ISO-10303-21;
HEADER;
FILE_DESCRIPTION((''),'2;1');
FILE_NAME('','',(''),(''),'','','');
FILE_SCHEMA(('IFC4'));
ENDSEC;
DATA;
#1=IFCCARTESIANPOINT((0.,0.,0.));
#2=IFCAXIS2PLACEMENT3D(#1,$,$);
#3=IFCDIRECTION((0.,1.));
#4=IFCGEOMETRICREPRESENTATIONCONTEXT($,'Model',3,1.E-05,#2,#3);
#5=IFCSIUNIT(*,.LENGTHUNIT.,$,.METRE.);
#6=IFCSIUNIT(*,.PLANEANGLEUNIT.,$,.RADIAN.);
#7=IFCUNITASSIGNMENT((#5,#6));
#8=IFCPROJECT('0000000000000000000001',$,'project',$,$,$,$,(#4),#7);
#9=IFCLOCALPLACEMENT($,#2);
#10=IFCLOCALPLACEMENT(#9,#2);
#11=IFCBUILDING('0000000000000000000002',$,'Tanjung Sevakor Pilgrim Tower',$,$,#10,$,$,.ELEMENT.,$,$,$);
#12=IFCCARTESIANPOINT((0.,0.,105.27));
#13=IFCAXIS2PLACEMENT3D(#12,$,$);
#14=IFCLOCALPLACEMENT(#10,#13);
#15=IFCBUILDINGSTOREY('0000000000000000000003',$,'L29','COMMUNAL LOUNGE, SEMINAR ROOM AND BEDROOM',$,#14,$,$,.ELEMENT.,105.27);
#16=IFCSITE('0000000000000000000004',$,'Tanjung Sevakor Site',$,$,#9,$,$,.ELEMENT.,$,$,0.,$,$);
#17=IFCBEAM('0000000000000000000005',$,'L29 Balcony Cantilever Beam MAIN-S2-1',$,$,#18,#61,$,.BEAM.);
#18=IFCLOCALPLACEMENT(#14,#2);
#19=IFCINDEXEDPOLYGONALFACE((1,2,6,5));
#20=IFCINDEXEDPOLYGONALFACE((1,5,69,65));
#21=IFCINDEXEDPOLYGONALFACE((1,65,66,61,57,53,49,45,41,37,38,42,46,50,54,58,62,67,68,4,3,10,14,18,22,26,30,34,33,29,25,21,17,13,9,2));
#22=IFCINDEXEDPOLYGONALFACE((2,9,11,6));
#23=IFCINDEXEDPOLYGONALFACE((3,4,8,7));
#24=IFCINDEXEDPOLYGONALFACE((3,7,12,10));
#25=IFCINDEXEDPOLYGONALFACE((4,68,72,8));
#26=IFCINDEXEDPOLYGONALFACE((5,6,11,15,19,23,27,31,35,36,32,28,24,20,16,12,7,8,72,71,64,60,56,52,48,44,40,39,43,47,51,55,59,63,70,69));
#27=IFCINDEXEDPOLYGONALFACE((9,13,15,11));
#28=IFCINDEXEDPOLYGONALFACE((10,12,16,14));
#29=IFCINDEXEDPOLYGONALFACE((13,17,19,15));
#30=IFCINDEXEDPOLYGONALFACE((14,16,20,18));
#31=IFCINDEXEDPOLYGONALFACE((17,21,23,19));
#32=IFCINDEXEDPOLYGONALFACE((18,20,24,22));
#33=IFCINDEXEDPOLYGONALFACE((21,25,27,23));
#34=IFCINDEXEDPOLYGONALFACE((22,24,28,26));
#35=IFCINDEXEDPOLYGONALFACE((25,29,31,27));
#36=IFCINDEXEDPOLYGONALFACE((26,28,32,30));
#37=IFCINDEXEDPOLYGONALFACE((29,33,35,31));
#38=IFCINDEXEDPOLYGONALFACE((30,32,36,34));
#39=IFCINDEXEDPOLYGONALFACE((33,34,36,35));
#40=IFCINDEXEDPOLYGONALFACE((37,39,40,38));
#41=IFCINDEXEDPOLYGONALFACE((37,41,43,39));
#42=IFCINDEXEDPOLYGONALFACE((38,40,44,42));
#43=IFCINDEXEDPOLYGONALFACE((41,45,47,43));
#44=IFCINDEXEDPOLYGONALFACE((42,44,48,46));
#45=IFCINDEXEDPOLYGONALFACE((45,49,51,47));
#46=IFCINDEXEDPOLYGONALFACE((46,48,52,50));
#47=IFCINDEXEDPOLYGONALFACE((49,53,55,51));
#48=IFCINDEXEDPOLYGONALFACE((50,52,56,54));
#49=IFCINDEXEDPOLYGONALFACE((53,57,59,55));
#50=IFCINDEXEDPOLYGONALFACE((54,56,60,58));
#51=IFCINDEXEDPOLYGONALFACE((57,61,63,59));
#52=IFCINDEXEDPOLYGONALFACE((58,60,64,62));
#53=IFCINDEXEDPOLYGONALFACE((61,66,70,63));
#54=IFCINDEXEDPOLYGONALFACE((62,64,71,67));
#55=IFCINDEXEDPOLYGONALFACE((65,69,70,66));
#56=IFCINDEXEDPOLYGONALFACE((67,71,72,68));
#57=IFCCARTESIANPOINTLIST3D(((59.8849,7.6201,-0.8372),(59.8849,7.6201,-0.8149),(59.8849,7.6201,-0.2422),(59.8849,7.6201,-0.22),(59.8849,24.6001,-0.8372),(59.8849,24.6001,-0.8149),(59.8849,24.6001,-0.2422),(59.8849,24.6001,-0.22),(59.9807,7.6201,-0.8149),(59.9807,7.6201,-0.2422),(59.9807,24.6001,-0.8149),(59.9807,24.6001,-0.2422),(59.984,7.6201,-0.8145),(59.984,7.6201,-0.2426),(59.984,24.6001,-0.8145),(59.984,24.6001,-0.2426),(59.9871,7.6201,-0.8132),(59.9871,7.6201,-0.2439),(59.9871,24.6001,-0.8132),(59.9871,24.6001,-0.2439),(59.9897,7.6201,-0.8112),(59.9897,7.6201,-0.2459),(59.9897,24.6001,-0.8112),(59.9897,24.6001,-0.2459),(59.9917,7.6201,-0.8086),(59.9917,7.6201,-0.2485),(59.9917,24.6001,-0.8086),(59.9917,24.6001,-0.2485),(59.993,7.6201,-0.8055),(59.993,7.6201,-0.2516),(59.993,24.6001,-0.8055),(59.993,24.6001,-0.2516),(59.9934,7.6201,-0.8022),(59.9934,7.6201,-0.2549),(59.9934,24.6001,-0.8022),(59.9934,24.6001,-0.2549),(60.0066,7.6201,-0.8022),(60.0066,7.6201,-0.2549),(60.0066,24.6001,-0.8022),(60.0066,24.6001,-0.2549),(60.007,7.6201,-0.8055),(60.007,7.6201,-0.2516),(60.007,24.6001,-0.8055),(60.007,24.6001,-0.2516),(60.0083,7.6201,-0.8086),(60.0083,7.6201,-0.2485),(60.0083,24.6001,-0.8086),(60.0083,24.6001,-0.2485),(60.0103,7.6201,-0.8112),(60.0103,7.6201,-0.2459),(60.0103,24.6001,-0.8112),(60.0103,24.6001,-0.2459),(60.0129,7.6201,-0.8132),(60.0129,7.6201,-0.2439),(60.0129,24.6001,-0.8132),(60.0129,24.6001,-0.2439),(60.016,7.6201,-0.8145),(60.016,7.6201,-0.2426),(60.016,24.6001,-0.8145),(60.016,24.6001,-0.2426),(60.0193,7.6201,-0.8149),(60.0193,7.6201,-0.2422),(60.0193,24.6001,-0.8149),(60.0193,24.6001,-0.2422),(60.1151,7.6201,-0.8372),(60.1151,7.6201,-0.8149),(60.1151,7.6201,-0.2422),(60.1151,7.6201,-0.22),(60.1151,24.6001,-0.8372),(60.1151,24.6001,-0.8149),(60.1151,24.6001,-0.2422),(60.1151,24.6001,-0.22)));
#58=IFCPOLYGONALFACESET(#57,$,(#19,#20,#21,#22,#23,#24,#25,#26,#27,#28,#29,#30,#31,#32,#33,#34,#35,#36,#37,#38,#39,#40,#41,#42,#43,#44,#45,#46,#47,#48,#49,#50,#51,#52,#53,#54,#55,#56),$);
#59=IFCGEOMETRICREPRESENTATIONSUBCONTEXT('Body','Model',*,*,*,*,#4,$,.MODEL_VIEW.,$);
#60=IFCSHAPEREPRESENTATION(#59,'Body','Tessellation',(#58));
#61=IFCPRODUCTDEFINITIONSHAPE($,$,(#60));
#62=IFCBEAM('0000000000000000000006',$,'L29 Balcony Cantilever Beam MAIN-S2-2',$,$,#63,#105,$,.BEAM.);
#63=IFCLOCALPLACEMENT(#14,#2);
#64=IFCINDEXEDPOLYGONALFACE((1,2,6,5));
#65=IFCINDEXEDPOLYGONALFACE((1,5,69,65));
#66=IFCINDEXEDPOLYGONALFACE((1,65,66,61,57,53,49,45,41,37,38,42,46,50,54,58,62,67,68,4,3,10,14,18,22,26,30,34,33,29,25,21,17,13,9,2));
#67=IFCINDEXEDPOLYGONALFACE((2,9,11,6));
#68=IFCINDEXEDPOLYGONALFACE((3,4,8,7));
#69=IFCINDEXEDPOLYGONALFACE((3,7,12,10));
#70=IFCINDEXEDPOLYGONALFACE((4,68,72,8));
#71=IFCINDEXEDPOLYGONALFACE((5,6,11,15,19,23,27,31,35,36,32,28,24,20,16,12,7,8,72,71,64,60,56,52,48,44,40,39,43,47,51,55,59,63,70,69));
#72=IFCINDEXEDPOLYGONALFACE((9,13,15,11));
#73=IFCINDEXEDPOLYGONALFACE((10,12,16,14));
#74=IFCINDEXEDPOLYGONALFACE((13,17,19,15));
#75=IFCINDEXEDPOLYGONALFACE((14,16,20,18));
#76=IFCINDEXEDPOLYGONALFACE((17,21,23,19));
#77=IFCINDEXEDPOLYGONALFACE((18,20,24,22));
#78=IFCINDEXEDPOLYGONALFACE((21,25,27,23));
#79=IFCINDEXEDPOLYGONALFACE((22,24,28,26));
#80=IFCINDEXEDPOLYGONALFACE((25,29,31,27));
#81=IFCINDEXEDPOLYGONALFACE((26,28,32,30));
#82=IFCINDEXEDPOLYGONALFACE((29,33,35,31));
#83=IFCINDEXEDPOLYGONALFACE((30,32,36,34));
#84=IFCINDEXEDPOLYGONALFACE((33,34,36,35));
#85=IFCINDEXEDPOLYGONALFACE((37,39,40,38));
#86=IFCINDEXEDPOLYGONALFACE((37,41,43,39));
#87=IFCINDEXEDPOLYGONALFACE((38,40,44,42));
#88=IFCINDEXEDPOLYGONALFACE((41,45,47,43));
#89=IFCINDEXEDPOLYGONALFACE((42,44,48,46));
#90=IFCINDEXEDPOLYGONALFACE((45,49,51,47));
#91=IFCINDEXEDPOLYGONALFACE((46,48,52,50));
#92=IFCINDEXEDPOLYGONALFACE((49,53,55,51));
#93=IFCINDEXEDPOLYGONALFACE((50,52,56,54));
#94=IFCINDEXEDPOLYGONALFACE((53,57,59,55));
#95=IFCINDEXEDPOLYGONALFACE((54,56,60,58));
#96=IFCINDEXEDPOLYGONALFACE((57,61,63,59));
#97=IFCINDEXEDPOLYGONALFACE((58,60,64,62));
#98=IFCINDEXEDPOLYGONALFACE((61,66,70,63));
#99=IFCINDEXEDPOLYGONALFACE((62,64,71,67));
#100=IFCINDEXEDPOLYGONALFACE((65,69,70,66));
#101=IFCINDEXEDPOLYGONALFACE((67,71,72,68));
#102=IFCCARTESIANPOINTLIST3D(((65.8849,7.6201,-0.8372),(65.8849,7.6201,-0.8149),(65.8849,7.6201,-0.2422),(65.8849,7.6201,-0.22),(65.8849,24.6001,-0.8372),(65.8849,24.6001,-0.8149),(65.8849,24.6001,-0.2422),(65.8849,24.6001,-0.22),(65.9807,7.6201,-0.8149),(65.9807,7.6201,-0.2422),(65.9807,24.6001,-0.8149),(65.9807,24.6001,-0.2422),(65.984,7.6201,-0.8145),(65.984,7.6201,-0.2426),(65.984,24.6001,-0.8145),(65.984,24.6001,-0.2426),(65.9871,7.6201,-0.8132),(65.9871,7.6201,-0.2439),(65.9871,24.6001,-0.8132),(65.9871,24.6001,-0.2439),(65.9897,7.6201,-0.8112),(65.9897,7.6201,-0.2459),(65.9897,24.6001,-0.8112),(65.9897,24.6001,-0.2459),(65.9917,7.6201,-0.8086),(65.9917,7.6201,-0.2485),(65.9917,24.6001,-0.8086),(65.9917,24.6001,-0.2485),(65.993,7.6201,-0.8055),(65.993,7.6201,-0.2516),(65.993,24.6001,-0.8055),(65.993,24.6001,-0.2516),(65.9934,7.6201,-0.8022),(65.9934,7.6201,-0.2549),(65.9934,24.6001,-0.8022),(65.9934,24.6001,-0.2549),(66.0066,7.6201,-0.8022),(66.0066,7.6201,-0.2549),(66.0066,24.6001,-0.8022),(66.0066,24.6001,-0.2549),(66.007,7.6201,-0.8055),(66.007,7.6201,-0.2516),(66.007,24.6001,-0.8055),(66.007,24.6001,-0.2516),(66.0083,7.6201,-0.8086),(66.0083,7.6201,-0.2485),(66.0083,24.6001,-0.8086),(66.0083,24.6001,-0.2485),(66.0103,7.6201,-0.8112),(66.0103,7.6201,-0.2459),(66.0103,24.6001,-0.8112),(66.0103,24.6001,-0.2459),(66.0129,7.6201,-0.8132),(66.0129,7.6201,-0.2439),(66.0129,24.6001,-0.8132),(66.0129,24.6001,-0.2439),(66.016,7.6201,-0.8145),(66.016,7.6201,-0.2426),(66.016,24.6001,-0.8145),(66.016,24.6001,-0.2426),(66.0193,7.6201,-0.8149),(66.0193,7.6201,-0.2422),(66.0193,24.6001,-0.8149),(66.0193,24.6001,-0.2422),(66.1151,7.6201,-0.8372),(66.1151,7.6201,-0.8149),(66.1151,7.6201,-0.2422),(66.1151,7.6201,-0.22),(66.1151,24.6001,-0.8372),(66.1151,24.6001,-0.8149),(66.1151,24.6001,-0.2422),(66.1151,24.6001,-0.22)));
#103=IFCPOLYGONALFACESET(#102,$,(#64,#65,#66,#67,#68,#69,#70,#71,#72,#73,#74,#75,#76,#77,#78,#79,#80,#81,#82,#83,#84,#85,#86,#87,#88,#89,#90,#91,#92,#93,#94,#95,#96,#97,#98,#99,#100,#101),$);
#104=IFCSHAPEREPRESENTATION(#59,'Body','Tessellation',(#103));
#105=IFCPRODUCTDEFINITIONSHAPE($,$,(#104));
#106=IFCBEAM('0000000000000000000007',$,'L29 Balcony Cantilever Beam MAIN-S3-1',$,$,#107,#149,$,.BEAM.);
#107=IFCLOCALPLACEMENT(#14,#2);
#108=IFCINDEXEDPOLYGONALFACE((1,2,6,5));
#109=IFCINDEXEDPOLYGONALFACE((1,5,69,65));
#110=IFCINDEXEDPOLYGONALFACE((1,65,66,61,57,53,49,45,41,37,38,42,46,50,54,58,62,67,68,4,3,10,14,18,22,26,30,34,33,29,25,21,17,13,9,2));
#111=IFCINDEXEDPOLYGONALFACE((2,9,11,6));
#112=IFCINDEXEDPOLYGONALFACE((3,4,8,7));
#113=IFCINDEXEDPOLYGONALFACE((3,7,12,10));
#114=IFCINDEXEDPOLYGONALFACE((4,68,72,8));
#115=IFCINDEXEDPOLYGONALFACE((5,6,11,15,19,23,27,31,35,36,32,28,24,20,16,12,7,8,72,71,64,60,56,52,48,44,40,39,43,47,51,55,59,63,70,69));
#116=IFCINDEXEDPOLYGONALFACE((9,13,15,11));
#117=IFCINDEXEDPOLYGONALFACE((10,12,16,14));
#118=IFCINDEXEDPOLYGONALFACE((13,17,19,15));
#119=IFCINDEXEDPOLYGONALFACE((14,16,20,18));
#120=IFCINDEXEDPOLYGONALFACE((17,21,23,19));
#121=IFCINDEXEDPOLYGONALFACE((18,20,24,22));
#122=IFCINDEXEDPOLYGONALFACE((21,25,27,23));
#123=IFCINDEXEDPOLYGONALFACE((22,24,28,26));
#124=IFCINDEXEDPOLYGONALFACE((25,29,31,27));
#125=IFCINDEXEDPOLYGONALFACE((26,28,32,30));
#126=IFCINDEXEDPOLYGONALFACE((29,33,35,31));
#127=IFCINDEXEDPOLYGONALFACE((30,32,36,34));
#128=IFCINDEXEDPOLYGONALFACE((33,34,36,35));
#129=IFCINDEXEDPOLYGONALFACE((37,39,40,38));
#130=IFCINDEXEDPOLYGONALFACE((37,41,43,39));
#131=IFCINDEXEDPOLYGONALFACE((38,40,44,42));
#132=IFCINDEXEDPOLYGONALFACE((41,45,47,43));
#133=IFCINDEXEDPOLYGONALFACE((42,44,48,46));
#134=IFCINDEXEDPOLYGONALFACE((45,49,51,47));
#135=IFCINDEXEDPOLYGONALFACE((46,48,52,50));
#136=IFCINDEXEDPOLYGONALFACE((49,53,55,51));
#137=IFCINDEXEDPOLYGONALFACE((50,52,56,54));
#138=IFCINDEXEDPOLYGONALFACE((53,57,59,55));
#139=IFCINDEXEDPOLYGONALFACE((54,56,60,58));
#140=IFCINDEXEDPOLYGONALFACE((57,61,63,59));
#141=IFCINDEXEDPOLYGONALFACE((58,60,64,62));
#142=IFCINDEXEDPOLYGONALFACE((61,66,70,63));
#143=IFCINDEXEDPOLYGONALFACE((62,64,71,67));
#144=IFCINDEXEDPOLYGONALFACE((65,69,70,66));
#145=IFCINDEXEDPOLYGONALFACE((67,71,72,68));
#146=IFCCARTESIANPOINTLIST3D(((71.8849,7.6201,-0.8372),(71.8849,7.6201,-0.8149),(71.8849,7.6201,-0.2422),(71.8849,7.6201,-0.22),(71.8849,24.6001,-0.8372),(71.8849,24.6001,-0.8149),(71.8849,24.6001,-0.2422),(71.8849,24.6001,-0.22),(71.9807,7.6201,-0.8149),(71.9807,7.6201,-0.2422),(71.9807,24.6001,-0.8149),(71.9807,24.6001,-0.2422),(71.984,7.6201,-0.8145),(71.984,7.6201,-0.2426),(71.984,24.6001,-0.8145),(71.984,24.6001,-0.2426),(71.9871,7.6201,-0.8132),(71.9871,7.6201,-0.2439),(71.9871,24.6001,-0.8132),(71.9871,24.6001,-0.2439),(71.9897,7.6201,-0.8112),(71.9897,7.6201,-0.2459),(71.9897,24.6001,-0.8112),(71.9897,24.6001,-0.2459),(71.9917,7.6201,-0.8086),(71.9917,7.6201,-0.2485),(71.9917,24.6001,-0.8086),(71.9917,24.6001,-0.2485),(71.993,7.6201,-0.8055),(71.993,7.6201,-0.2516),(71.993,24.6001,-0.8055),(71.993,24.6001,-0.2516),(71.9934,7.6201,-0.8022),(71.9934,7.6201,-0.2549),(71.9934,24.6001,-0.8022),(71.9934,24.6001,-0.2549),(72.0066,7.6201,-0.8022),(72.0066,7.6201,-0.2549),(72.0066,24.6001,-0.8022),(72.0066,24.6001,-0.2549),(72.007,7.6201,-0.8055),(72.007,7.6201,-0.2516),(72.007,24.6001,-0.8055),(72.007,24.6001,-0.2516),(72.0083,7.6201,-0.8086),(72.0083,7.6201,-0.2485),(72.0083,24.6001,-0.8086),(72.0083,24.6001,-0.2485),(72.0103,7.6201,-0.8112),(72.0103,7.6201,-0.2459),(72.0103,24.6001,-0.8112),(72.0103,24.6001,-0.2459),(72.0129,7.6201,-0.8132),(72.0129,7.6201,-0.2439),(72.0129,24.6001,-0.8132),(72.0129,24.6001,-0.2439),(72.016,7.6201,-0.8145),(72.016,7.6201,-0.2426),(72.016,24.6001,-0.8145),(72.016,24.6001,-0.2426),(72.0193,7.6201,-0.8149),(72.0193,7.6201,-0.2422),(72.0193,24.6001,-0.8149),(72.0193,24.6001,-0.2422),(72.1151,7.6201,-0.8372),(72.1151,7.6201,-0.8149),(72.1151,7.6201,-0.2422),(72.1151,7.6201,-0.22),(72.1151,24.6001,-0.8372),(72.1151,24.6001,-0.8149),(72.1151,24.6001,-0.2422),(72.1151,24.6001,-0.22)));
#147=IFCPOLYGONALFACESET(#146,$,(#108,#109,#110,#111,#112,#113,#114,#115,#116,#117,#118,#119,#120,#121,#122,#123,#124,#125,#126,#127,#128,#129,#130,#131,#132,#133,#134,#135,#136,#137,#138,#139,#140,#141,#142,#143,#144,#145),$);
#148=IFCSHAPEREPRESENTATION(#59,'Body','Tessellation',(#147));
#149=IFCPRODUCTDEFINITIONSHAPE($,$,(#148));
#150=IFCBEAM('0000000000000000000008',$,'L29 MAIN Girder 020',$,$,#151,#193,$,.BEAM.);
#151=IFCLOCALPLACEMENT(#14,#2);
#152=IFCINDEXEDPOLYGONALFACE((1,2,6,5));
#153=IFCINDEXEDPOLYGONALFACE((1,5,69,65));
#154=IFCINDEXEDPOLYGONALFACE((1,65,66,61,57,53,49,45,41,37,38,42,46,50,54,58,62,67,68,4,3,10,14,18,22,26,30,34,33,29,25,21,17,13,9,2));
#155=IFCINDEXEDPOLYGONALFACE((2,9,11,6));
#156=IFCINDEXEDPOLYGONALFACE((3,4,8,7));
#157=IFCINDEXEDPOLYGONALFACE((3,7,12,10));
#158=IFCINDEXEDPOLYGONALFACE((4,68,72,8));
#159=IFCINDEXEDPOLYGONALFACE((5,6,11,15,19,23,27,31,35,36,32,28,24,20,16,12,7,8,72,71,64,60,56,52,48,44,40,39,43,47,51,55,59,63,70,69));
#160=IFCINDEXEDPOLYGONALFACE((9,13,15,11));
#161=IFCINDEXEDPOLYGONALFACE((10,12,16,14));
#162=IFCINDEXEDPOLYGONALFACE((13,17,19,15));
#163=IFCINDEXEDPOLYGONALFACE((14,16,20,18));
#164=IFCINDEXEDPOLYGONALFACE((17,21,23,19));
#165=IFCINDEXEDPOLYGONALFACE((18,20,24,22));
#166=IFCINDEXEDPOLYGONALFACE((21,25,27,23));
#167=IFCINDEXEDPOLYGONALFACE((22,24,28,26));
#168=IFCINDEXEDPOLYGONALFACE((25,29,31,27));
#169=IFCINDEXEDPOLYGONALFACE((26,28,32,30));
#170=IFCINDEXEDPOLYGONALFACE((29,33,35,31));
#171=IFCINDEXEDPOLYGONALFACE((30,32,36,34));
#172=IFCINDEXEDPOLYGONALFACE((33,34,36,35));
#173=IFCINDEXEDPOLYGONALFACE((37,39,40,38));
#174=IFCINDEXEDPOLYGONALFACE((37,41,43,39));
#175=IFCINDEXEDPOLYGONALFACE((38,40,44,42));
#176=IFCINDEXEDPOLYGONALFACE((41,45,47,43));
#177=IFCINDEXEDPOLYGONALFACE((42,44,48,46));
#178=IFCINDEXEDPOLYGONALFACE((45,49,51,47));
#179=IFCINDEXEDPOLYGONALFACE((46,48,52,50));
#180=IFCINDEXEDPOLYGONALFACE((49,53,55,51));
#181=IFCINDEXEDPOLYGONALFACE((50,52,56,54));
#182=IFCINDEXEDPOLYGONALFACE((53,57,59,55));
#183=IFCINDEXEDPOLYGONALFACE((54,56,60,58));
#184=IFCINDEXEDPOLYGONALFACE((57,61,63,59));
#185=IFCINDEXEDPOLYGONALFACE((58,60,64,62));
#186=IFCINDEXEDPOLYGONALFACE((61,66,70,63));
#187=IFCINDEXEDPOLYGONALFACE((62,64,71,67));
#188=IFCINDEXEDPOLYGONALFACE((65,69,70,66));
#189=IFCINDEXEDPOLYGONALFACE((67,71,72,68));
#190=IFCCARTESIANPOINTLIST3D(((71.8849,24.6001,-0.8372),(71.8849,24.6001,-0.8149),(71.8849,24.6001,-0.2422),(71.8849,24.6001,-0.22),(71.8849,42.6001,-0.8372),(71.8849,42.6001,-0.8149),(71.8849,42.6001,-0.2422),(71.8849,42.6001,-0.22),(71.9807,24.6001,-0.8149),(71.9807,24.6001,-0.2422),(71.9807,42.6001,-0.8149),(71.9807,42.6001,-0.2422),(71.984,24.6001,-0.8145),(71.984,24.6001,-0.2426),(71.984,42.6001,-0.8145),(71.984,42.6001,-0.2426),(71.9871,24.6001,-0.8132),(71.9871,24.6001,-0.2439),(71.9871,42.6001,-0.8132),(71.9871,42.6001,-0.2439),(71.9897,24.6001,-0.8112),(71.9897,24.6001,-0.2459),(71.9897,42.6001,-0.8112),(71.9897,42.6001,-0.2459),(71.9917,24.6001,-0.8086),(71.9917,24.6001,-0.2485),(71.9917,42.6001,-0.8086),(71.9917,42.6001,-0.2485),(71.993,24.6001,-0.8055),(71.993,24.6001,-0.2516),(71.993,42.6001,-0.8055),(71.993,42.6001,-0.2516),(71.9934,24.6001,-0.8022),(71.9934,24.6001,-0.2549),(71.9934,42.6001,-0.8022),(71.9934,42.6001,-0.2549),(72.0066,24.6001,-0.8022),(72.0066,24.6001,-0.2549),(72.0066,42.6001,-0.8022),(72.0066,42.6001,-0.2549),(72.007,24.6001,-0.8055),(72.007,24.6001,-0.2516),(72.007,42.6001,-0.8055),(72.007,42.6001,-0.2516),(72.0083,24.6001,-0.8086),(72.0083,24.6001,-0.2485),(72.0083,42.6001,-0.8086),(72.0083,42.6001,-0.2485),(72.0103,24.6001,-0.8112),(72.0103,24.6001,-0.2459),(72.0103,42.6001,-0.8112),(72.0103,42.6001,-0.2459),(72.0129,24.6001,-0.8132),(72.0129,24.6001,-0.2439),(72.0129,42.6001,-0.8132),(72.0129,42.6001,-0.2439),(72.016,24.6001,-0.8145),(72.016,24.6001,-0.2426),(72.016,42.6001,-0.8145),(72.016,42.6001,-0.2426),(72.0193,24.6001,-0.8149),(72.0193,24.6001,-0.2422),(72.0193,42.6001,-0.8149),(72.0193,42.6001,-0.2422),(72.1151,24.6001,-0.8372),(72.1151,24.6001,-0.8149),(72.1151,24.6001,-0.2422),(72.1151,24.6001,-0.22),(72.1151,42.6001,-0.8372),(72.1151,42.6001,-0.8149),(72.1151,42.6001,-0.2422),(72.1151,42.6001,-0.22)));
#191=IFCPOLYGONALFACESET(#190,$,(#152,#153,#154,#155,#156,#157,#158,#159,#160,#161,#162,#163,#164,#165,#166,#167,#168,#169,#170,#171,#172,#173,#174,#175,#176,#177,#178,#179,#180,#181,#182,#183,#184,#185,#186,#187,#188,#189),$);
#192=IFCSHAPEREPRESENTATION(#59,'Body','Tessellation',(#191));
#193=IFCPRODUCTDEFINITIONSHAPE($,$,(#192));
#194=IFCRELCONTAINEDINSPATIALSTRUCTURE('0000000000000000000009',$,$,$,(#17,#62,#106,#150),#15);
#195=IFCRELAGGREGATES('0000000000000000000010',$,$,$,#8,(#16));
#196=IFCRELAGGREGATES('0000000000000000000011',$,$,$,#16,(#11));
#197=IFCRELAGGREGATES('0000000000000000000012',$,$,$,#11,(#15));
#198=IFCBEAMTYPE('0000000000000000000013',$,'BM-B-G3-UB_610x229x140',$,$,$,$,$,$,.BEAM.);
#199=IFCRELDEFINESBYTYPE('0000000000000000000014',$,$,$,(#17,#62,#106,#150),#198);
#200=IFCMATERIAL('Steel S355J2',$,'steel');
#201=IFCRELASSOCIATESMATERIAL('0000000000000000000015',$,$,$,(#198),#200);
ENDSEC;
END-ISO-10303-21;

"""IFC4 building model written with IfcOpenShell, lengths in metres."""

from ifc_helpers import new_model, si_unit, direction, frame, origin, origin_2d, place, context, subcontext, project, spatial, i_section, extrude, material, material_profile, profile_set, type_object, element, save


model = new_model("IFC4")

# Units and contexts
model_context = context("Model", 3, precision=1e-05, world=origin(), true_north=direction((0.0, 1.0)))
body_context = subcontext(model_context, "Body", "Model", "MODEL_VIEW")
ifc_project = project(units=[si_unit("LENGTHUNIT", "METRE"), si_unit("PLANEANGLEUNIT", "RADIAN")], contexts=[model_context])

# Site, building, storey
site_placement = place(None, origin())
site = spatial("IfcSite", under=ifc_project, at=site_placement, Name="Tanjung Sevakor Site", CompositionType="ELEMENT", RefElevation=0.0)
building_placement = place(site_placement, origin())
building = spatial("IfcBuilding", under=site, at=building_placement, Name="Tanjung Sevakor Pilgrim Tower", CompositionType="ELEMENT")
storey_placement = place(building_placement, frame((0.0, 0.0, 105.27)))
storey = spatial("IfcBuildingStorey", under=building, at=storey_placement, Name="L29", Description="COMMUNAL LOUNGE, SEMINAR ROOM AND BEDROOM", CompositionType="ELEMENT", Elevation=105.27)

# Beams
ifc_material_1 = material(Name="Steel S355J2", Category="steel")
ifc_material_profile_1 = material_profile(ifc_material_1, i_section(OverallWidth=0.2302, OverallDepth=0.6172, WebThickness=0.0132, FlangeThickness=0.0222, FilletRadius=0.0127, at=origin_2d()))
ifc_profile_set_1 = profile_set([ifc_material_profile_1], Name="Steel S355J2")
beam_type_1 = type_object("IfcBeamType", Name="BM-B-G3-UB_610x229x140", PredefinedType="BEAM", material=ifc_profile_set_1)
for number, where, z_axis, x_axis, name in (
    (1, (60.0, 24.6001, -0.5286), (0.0, -1.0, 0.0), (1.0, 0.0, 0.0), "L29 Balcony Cantilever Beam MAIN-S2-1"),
    (2, (66.0, 24.6001, -0.5286), (0.0, -1.0, 0.0), (1.0, 0.0, 0.0), "L29 Balcony Cantilever Beam MAIN-S2-2"),
    (3, (72.0, 24.6001, -0.5286), (0.0, -1.0, 0.0), (1.0, 0.0, 0.0), "L29 Balcony Cantilever Beam MAIN-S3-1"),
):
    element("IfcBeam", number, at=place(storey_placement, frame(where, z_axis=z_axis, x_axis=x_axis)), inside=storey, type_object=beam_type_1, Name=name, PredefinedType="BEAM", context=body_context, shape_type="SweptSolid", body=[
        extrude(i_section(OverallWidth=0.2302, OverallDepth=0.6172, WebThickness=0.0132, FlangeThickness=0.0222, FilletRadius=0.0127, at=origin_2d()), origin(), (0.0, 0.0, 1.0), 16.98),
    ])
beam_1_placement = place(storey_placement, frame((72.0, 24.6001, -0.5286), z_axis=(0.0, 1.0, 0.0), x_axis=(-1.0, 0.0, 0.0)))
element("IfcBeam", 4, at=beam_1_placement, inside=storey, type_object=beam_type_1, Name="L29 MAIN Girder 020", PredefinedType="BEAM", context=body_context, shape_type="SweptSolid", body=[
    extrude(i_section(OverallWidth=0.2302, OverallDepth=0.6172, WebThickness=0.0132, FlangeThickness=0.0222, FilletRadius=0.0127, at=origin_2d()), origin(), (0.0, 0.0, 1.0), 18.0),
])

save(model, "model.ifc")
